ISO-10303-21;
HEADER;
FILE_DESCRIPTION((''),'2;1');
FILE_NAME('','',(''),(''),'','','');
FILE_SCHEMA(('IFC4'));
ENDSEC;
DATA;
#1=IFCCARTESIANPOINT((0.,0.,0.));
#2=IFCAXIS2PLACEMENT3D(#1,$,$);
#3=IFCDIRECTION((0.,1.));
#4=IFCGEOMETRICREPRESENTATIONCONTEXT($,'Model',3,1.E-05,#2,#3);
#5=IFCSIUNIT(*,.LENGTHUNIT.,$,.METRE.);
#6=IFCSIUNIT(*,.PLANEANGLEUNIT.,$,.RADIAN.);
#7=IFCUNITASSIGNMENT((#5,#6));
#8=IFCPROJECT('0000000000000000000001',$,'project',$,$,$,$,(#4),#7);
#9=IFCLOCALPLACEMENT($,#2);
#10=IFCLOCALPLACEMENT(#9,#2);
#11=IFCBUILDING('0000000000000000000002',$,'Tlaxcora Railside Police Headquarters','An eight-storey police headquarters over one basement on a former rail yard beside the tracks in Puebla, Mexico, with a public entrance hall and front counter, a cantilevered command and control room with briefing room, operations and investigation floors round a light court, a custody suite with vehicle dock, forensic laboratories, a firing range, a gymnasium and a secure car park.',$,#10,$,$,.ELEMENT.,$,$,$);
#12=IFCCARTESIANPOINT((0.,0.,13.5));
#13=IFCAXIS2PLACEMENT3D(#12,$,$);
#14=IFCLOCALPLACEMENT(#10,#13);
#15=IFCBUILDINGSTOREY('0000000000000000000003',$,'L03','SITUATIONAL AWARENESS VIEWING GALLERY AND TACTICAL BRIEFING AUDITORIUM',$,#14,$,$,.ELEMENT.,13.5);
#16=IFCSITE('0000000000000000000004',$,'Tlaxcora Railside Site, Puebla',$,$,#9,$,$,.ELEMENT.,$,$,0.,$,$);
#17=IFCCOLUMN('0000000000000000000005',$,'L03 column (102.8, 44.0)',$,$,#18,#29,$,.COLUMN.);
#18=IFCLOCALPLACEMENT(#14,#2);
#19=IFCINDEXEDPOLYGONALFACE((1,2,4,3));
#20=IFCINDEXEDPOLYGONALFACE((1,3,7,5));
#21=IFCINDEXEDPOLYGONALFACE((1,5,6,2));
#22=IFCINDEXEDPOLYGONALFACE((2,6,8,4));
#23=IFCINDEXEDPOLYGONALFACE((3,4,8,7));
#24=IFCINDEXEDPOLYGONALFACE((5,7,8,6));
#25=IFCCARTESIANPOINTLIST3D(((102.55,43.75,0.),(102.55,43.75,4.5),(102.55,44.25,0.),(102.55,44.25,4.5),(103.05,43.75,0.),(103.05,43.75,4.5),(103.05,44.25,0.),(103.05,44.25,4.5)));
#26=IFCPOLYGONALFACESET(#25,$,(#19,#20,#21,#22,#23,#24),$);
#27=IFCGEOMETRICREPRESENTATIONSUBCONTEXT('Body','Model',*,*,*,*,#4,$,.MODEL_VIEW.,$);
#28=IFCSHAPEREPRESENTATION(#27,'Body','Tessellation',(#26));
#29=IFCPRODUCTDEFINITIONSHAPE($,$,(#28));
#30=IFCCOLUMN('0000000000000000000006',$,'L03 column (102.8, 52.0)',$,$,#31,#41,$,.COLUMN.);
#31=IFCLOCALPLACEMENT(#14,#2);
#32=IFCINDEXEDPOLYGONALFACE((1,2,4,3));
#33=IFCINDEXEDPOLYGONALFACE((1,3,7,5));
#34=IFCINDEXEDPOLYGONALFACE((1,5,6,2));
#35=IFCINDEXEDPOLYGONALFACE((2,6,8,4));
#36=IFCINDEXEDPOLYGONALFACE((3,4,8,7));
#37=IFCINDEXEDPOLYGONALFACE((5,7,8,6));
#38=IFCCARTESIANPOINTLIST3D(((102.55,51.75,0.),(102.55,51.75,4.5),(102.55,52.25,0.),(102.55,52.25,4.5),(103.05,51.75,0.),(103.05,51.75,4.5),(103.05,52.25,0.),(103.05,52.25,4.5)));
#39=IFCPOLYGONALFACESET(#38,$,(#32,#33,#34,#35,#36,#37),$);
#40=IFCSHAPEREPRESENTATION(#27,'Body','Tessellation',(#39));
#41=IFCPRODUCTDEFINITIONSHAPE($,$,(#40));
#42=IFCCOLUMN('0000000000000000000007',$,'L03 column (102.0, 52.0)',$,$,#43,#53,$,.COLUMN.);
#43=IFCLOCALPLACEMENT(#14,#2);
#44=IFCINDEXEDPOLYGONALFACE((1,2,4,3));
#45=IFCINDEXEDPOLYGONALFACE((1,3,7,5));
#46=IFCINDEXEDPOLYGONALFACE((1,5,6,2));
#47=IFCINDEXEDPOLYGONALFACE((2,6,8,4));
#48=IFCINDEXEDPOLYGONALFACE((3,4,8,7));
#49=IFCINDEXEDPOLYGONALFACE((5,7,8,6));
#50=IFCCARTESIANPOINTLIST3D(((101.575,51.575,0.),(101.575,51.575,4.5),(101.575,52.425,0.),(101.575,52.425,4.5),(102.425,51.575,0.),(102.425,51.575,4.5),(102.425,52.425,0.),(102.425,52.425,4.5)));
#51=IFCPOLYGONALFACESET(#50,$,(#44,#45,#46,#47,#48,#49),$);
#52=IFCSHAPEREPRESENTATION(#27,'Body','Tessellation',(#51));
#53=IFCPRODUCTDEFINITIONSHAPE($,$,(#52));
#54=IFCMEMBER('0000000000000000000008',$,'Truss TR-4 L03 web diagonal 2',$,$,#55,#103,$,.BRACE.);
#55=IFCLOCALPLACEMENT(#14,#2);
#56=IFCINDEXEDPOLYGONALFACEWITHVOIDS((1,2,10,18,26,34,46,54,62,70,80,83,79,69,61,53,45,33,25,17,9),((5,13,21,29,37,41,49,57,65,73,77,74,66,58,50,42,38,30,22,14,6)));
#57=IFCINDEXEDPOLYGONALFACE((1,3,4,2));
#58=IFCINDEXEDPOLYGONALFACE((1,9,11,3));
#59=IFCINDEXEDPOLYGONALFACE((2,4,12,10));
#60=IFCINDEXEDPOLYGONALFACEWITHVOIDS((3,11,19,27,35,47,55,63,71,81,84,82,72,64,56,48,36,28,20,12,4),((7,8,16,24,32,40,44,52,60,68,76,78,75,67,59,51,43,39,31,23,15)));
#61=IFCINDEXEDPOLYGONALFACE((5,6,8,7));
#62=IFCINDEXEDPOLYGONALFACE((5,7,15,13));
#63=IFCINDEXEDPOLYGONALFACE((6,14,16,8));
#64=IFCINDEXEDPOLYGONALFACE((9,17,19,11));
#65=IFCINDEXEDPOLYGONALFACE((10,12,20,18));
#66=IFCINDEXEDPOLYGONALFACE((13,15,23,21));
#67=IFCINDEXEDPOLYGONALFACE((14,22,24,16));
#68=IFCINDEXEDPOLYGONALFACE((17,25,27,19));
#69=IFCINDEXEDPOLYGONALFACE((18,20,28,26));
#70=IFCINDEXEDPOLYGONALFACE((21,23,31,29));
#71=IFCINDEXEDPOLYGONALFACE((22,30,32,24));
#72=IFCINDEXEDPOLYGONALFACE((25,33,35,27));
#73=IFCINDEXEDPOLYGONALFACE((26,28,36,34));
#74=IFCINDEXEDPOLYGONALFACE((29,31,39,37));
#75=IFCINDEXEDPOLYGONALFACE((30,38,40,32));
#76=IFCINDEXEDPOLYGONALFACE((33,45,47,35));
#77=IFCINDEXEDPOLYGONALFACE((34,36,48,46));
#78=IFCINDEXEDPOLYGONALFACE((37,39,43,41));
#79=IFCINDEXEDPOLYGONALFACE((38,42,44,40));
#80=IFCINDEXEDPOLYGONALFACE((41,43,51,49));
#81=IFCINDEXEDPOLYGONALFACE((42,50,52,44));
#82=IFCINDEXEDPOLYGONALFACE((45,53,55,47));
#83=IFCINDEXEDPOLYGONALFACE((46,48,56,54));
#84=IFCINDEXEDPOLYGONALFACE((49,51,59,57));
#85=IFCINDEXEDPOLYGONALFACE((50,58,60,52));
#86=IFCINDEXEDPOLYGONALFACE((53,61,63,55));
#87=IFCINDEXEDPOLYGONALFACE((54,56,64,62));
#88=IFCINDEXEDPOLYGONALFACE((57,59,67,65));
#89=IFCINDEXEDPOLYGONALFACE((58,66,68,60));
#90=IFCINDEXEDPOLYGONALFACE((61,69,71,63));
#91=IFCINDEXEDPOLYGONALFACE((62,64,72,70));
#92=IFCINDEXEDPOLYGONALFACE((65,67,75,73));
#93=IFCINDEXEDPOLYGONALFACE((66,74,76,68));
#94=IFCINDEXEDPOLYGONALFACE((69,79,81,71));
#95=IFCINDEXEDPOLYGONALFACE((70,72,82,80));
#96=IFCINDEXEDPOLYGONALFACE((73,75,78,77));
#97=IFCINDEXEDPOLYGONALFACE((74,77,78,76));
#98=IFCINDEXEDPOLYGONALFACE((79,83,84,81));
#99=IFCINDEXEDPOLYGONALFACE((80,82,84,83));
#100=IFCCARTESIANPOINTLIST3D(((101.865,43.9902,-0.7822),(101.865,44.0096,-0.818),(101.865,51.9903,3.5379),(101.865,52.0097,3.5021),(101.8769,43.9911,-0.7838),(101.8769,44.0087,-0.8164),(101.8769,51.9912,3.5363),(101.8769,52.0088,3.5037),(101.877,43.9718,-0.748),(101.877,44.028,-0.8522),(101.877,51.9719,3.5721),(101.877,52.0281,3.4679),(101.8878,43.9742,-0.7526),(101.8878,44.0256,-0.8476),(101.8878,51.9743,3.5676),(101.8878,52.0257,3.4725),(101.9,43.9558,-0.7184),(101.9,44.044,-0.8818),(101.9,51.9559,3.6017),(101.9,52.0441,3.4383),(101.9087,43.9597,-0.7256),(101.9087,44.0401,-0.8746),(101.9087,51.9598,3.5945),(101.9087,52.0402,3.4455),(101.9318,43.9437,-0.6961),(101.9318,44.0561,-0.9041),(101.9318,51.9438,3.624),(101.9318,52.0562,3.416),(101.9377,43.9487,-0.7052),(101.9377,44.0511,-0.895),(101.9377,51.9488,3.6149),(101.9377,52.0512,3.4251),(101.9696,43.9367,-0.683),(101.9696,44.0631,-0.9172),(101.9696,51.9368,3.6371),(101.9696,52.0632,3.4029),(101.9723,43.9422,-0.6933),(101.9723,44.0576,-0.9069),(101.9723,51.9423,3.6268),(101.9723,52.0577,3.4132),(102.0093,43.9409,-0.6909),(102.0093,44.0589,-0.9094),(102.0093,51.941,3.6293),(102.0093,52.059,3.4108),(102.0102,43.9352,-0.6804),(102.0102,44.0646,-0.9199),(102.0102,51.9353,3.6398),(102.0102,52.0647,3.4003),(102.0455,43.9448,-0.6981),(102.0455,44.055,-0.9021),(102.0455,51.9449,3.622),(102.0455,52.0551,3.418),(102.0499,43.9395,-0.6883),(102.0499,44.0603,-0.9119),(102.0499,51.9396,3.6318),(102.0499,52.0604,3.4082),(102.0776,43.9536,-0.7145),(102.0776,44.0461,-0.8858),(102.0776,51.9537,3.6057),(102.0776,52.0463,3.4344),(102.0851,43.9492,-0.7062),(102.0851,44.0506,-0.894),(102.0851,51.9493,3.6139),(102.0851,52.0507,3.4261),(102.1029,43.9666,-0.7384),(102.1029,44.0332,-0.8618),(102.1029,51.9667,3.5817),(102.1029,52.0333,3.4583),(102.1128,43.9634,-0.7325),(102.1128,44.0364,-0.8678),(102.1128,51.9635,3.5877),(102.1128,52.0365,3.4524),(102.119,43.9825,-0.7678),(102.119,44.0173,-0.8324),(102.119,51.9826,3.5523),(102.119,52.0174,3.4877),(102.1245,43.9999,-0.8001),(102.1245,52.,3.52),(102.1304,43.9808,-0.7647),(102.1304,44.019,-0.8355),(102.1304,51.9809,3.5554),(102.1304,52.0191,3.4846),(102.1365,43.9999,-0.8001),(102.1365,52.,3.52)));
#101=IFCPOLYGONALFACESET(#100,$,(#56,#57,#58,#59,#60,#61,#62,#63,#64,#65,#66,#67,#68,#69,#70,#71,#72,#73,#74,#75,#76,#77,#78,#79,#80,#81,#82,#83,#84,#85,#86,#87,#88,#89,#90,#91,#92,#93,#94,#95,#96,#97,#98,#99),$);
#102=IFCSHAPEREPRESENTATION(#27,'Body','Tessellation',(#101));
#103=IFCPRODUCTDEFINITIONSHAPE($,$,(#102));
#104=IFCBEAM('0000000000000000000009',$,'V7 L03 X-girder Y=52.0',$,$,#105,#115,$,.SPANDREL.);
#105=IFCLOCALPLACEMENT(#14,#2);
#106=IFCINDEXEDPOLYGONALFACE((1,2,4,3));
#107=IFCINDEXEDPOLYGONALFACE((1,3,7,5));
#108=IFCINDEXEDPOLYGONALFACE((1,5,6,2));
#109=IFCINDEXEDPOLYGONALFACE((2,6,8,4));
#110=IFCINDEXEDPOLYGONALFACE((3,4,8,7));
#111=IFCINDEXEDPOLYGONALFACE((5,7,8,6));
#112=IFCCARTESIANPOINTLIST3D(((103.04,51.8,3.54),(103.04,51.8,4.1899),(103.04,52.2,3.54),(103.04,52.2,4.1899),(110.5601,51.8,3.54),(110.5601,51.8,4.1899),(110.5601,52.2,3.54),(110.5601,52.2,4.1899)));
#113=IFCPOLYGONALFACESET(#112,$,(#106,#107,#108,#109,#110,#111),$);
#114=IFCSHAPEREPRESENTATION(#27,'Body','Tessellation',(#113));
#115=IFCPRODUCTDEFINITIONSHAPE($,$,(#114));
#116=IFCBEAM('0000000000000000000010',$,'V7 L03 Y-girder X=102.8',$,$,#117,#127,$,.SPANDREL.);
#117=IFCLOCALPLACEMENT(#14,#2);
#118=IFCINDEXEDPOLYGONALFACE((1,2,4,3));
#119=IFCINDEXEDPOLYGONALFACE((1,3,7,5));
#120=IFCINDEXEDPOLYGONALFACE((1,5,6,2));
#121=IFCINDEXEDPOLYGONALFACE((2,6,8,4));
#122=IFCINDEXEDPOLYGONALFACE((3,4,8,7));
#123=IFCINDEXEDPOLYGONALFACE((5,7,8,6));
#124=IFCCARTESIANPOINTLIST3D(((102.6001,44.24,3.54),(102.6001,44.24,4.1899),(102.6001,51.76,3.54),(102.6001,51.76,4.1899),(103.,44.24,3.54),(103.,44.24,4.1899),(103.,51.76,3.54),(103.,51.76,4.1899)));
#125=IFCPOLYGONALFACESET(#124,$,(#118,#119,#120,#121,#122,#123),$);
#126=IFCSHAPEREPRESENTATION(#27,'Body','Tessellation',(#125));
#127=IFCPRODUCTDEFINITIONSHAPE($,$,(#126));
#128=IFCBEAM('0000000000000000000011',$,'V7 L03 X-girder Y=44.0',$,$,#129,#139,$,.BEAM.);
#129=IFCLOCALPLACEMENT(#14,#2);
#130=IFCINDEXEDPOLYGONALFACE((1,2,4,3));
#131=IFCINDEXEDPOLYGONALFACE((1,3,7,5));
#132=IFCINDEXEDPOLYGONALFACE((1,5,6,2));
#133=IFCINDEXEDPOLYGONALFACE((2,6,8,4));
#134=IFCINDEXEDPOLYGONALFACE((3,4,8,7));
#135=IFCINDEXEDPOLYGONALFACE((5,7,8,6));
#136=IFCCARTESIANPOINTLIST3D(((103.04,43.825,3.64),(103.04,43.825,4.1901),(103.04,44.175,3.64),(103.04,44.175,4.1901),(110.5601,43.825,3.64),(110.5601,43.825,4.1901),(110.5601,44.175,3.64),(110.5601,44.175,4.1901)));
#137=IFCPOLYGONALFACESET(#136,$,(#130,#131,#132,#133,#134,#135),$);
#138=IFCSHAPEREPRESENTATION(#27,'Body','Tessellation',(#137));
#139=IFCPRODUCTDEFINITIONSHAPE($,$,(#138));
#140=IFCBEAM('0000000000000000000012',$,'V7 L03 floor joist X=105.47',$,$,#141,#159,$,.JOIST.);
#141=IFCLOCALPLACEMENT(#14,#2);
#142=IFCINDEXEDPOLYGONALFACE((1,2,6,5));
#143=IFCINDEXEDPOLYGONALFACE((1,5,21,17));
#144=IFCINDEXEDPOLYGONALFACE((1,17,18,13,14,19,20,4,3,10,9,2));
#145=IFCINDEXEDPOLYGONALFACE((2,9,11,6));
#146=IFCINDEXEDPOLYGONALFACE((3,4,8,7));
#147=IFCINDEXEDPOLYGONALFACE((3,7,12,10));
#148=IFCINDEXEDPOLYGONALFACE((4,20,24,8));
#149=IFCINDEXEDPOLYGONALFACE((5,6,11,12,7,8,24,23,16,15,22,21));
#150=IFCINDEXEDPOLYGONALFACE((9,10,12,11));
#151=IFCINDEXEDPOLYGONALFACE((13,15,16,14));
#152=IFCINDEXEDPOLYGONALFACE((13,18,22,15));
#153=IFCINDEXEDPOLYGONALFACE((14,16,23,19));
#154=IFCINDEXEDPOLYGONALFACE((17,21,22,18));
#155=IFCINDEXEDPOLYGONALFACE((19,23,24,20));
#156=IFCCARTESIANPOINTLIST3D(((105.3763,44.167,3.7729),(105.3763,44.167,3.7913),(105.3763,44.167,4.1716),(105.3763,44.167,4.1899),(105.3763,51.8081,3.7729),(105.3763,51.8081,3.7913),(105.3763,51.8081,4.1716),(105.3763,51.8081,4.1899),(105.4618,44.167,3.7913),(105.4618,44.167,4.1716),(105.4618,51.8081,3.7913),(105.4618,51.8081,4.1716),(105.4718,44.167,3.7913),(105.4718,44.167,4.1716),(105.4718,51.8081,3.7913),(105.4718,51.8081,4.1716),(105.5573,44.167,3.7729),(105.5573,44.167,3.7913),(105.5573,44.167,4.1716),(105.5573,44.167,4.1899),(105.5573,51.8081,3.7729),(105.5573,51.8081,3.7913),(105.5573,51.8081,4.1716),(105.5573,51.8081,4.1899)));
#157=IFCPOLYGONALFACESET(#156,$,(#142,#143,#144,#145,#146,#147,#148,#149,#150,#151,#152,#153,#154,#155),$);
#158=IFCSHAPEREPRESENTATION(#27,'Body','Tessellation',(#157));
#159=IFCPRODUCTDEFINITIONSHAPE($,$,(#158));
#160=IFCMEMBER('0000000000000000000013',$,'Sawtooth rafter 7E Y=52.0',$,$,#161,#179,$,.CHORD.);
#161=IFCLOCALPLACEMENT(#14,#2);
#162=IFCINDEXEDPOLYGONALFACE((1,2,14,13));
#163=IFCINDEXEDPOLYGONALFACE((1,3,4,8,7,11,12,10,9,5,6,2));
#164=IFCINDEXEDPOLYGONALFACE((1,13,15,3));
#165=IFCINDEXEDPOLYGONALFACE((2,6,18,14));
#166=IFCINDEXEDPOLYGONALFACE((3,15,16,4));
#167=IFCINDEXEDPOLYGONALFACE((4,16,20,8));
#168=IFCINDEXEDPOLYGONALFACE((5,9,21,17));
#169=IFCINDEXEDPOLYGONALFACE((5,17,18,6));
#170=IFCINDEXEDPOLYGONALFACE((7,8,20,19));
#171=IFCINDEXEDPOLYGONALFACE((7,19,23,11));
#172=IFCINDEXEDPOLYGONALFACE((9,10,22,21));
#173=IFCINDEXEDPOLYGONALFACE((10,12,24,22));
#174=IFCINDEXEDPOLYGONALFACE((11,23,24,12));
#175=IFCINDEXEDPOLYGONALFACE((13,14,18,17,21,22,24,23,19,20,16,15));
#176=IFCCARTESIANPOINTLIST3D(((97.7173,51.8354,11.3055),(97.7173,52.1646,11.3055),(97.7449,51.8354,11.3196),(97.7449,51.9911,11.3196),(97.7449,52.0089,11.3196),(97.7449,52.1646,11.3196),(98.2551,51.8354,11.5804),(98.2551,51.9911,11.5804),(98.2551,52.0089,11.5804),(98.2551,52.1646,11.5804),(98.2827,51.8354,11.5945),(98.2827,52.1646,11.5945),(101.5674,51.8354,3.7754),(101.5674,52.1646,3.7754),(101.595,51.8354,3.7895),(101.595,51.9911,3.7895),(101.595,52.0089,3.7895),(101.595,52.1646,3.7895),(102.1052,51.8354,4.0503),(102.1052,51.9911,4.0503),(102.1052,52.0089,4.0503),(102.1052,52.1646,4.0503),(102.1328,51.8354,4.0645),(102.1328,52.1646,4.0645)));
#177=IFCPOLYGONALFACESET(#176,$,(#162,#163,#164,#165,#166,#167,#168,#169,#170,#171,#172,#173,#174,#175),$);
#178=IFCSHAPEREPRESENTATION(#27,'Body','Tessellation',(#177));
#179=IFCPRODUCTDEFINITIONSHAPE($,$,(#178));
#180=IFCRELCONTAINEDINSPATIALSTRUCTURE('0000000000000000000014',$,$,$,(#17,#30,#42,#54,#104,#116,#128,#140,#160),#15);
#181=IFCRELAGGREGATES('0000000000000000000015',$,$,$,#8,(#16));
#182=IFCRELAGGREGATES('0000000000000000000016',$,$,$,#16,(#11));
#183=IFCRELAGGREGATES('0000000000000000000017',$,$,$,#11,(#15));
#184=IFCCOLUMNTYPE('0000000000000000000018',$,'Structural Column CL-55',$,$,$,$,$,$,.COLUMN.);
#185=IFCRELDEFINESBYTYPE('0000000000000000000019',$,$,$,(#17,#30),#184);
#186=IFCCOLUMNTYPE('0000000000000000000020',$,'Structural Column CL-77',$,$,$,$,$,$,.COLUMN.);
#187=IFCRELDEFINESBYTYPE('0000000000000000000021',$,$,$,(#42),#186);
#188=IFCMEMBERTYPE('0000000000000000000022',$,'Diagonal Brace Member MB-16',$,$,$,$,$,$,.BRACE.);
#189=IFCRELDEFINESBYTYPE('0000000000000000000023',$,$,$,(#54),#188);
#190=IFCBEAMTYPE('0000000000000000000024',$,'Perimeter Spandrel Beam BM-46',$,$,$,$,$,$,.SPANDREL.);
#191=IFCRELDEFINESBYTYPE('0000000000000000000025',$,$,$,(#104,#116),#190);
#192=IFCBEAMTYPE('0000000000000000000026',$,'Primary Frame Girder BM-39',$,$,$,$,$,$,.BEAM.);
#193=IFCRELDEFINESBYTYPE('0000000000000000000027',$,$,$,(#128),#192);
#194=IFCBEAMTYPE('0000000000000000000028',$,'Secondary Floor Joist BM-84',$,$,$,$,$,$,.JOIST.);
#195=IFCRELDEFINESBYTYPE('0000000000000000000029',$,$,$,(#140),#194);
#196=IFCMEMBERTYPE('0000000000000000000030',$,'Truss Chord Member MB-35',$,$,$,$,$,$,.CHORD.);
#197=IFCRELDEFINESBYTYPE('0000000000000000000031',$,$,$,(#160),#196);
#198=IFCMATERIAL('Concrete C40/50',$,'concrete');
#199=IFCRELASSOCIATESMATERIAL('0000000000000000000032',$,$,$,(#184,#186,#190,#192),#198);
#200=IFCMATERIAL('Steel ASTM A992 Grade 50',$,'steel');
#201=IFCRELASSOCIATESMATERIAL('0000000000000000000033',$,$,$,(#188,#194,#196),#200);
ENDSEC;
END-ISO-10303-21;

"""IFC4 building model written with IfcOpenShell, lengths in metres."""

from ifc_helpers import new_model, si_unit, direction, frame, origin, origin_2d, place, context, subcontext, project, spatial, rectangle, hollow_circle, i_section, extrude, material, material_profile, profile_set, type_object, element, save


model = new_model("IFC4")

# Units and contexts
model_context = context("Model", 3, precision=1e-05, world=origin(), true_north=direction((0.0, 1.0)))
body_context = subcontext(model_context, "Body", "Model", "MODEL_VIEW")
ifc_project = project(units=[si_unit("LENGTHUNIT", "METRE"), si_unit("PLANEANGLEUNIT", "RADIAN")], contexts=[model_context])

# Site, building, storey
site_placement = place(None, origin())
site = spatial("IfcSite", under=ifc_project, at=site_placement, Name="Tlaxcora Railside Site, Puebla", CompositionType="ELEMENT", RefElevation=0.0)
building_placement = place(site_placement, origin())
building = spatial("IfcBuilding", under=site, at=building_placement, Name="Tlaxcora Railside Police Headquarters", Description="An eight-storey police headquarters over one basement on a former rail yard beside the tracks in Puebla, Mexico, with a public entrance hall and front counter, a cantilevered command and control room with briefing room, operations and investigation floors round a light court, a custody suite with vehicle dock, forensic laboratories, a firing range, a gymnasium and a secure car park.", CompositionType="ELEMENT")
storey_placement = place(building_placement, frame((0.0, 0.0, 13.5)))
storey = spatial("IfcBuildingStorey", under=building, at=storey_placement, Name="L03", Description="SITUATIONAL AWARENESS VIEWING GALLERY AND TACTICAL BRIEFING AUDITORIUM", CompositionType="ELEMENT", Elevation=13.5)

# Columns
ifc_material_1 = material(Name="Concrete C40/50", Category="concrete")
ifc_material_profile_1 = material_profile(ifc_material_1, rectangle(XDim=0.5, YDim=0.5, at=origin_2d()), Name="RC500X500")
ifc_profile_set_1 = profile_set([ifc_material_profile_1], Name="Concrete C40/50")
column_type_1 = type_object("IfcColumnType", Name="Structural Column CL-55", PredefinedType="COLUMN", material=ifc_profile_set_1)
for number, where, z_axis, x_axis, name in (
    (1, (102.8, 44.0, 0.0), (0.0, 0.0, 1.0), (1.0, 0.0, 0.0), "L03 column (102.8, 44.0)"),
    (2, (102.8, 52.0, 0.0), (0.0, 0.0, 1.0), (1.0, 0.0, 0.0), "L03 column (102.8, 52.0)"),
):
    element("IfcColumn", number, at=place(storey_placement, frame(where, z_axis=z_axis, x_axis=x_axis)), inside=storey, type_object=column_type_1, Name=name, PredefinedType="COLUMN", context=body_context, shape_type="SweptSolid", body=[
        extrude(rectangle(XDim=0.5, YDim=0.5, at=origin_2d()), origin(), (0.0, 0.0, 1.0), 4.5),
    ])
ifc_material_profile_2 = material_profile(ifc_material_1, rectangle(XDim=0.8501, YDim=0.8501, at=origin_2d()), Name="RC850X850")
ifc_profile_set_2 = profile_set([ifc_material_profile_2], Name="Concrete C40/50")
column_type_2 = type_object("IfcColumnType", Name="Structural Column CL-77", PredefinedType="COLUMN", material=ifc_profile_set_2)
column_placement = place(storey_placement, frame((102.0, 52.0, 0.0), z_axis=(0.0, 0.0, 1.0), x_axis=(1.0, 0.0, 0.0)))
element("IfcColumn", 3, at=column_placement, inside=storey, type_object=column_type_2, Name="L03 column (102.0, 52.0)", PredefinedType="COLUMN", context=body_context, shape_type="SweptSolid", body=[
    extrude(rectangle(XDim=0.8501, YDim=0.8501, at=origin_2d()), origin(), (0.0, 0.0, 1.0), 4.5),
])

# Member
ifc_material_2 = material(Name="Steel ASTM A992 Grade 50", Category="steel")
ifc_material_profile_3 = material_profile(ifc_material_2, hollow_circle(Radius=0.1365, WallThickness=0.012, at=origin_2d()), Name="CHS273X12")
ifc_profile_set_3 = profile_set([ifc_material_profile_3], Name="Steel ASTM A992 Grade 50")
member_type_1 = type_object("IfcMemberType", Name="Diagonal Brace Member MB-16", PredefinedType="BRACE", material=ifc_profile_set_3)
member_1_placement = place(storey_placement, frame((102.0, 52.0, 3.52), z_axis=(0.0, -0.879902, -0.475155), x_axis=(1.0, 0.0, 0.0)))
element("IfcMember", 4, at=member_1_placement, inside=storey, type_object=member_type_1, Name="Truss TR-4 L03 web diagonal 2", PredefinedType="BRACE", context=body_context, shape_type="SweptSolid", body=[
    extrude(hollow_circle(Radius=0.1365, WallThickness=0.012, at=origin_2d()), origin(), (0.0, 0.0, 1.0), 9.092),
])

# Beams
ifc_material_profile_4 = material_profile(ifc_material_1, rectangle(XDim=0.3999, YDim=0.6499, at=origin_2d()), Name="RC400X650")
ifc_profile_set_4 = profile_set([ifc_material_profile_4], Name="Concrete C40/50")
beam_type_1 = type_object("IfcBeamType", Name="Perimeter Spandrel Beam BM-46", PredefinedType="SPANDREL", material=ifc_profile_set_4)
for number, where, z_axis, x_axis, name in (
    (5, (103.04, 52.0, 3.865), (1.0, 0.0, 0.0), (0.0, 1.0, 0.0), "V7 L03 X-girder Y=52.0"),
    (6, (102.8, 44.24, 3.865), (0.0, 1.0, 0.0), (-1.0, 0.0, 0.0), "V7 L03 Y-girder X=102.8"),
):
    element("IfcBeam", number, at=place(storey_placement, frame(where, z_axis=z_axis, x_axis=x_axis)), inside=storey, type_object=beam_type_1, Name=name, PredefinedType="SPANDREL", context=body_context, shape_type="SweptSolid", body=[
        extrude(rectangle(XDim=0.3999, YDim=0.6499, at=origin_2d()), origin(), (0.0, 0.0, 1.0), 7.52),
    ])
ifc_material_profile_5 = material_profile(ifc_material_1, rectangle(XDim=0.3501, YDim=0.55, at=origin_2d()), Name="RC350X550")
ifc_profile_set_5 = profile_set([ifc_material_profile_5], Name="Concrete C40/50")
beam_type_2 = type_object("IfcBeamType", Name="Primary Frame Girder BM-39", PredefinedType="BEAM", material=ifc_profile_set_5)
beam_1_placement = place(storey_placement, frame((103.04, 44.0, 3.915), z_axis=(1.0, 0.0, 0.0), x_axis=(0.0, 1.0, 0.0)))
element("IfcBeam", 7, at=beam_1_placement, inside=storey, type_object=beam_type_2, Name="V7 L03 X-girder Y=44.0", PredefinedType="BEAM", context=body_context, shape_type="SweptSolid", body=[
    extrude(rectangle(XDim=0.3501, YDim=0.55, at=origin_2d()), origin(), (0.0, 0.0, 1.0), 7.52),
])
ifc_material_profile_6 = material_profile(ifc_material_2, i_section(OverallWidth=0.1809, OverallDepth=0.417, WebThickness=0.01, FlangeThickness=0.0183, at=origin_2d()), Name="W16X57")
ifc_profile_set_6 = profile_set([ifc_material_profile_6], Name="Steel ASTM A992 Grade 50")
beam_type_3 = type_object("IfcBeamType", Name="Secondary Floor Joist BM-84", PredefinedType="JOIST", material=ifc_profile_set_6)
beam_2_placement = place(storey_placement, frame((105.4668, 44.167, 3.9814), z_axis=(0.0, 1.0, 0.0), x_axis=(-1.0, 0.0, 0.0)))
element("IfcBeam", 8, at=beam_2_placement, inside=storey, type_object=beam_type_3, Name="V7 L03 floor joist X=105.47", PredefinedType="JOIST", context=body_context, shape_type="SweptSolid", body=[
    extrude(i_section(OverallWidth=0.1809, OverallDepth=0.417, WebThickness=0.01, FlangeThickness=0.0183, at=origin_2d()), origin(), (0.0, 0.0, 1.0), 7.6411),
])

# Member
ifc_material_profile_7 = material_profile(ifc_material_2, i_section(OverallWidth=0.3291, OverallDepth=0.635, WebThickness=0.0178, FlangeThickness=0.031, at=origin_2d()), Name="W24X162")
ifc_profile_set_7 = profile_set([ifc_material_profile_7], Name="Steel ASTM A992 Grade 50")
member_type_2 = type_object("IfcMemberType", Name="Truss Chord Member MB-35", PredefinedType="CHORD", material=ifc_profile_set_7)
member_2_placement = place(storey_placement, frame((101.8501, 52.0, 3.9199), z_axis=(-0.455244, 0.0, 0.890367), x_axis=(0.0, -1.0, 0.0)))
element("IfcMember", 9, at=member_2_placement, inside=storey, type_object=member_type_2, Name="Sawtooth rafter 7E Y=52.0", PredefinedType="CHORD", context=body_context, shape_type="SweptSolid", body=[
    extrude(i_section(OverallWidth=0.3291, OverallDepth=0.635, WebThickness=0.0178, FlangeThickness=0.031, at=origin_2d()), origin(), (0.0, 0.0, 1.0), 8.4573),
])

save(model, "model.ifc")
